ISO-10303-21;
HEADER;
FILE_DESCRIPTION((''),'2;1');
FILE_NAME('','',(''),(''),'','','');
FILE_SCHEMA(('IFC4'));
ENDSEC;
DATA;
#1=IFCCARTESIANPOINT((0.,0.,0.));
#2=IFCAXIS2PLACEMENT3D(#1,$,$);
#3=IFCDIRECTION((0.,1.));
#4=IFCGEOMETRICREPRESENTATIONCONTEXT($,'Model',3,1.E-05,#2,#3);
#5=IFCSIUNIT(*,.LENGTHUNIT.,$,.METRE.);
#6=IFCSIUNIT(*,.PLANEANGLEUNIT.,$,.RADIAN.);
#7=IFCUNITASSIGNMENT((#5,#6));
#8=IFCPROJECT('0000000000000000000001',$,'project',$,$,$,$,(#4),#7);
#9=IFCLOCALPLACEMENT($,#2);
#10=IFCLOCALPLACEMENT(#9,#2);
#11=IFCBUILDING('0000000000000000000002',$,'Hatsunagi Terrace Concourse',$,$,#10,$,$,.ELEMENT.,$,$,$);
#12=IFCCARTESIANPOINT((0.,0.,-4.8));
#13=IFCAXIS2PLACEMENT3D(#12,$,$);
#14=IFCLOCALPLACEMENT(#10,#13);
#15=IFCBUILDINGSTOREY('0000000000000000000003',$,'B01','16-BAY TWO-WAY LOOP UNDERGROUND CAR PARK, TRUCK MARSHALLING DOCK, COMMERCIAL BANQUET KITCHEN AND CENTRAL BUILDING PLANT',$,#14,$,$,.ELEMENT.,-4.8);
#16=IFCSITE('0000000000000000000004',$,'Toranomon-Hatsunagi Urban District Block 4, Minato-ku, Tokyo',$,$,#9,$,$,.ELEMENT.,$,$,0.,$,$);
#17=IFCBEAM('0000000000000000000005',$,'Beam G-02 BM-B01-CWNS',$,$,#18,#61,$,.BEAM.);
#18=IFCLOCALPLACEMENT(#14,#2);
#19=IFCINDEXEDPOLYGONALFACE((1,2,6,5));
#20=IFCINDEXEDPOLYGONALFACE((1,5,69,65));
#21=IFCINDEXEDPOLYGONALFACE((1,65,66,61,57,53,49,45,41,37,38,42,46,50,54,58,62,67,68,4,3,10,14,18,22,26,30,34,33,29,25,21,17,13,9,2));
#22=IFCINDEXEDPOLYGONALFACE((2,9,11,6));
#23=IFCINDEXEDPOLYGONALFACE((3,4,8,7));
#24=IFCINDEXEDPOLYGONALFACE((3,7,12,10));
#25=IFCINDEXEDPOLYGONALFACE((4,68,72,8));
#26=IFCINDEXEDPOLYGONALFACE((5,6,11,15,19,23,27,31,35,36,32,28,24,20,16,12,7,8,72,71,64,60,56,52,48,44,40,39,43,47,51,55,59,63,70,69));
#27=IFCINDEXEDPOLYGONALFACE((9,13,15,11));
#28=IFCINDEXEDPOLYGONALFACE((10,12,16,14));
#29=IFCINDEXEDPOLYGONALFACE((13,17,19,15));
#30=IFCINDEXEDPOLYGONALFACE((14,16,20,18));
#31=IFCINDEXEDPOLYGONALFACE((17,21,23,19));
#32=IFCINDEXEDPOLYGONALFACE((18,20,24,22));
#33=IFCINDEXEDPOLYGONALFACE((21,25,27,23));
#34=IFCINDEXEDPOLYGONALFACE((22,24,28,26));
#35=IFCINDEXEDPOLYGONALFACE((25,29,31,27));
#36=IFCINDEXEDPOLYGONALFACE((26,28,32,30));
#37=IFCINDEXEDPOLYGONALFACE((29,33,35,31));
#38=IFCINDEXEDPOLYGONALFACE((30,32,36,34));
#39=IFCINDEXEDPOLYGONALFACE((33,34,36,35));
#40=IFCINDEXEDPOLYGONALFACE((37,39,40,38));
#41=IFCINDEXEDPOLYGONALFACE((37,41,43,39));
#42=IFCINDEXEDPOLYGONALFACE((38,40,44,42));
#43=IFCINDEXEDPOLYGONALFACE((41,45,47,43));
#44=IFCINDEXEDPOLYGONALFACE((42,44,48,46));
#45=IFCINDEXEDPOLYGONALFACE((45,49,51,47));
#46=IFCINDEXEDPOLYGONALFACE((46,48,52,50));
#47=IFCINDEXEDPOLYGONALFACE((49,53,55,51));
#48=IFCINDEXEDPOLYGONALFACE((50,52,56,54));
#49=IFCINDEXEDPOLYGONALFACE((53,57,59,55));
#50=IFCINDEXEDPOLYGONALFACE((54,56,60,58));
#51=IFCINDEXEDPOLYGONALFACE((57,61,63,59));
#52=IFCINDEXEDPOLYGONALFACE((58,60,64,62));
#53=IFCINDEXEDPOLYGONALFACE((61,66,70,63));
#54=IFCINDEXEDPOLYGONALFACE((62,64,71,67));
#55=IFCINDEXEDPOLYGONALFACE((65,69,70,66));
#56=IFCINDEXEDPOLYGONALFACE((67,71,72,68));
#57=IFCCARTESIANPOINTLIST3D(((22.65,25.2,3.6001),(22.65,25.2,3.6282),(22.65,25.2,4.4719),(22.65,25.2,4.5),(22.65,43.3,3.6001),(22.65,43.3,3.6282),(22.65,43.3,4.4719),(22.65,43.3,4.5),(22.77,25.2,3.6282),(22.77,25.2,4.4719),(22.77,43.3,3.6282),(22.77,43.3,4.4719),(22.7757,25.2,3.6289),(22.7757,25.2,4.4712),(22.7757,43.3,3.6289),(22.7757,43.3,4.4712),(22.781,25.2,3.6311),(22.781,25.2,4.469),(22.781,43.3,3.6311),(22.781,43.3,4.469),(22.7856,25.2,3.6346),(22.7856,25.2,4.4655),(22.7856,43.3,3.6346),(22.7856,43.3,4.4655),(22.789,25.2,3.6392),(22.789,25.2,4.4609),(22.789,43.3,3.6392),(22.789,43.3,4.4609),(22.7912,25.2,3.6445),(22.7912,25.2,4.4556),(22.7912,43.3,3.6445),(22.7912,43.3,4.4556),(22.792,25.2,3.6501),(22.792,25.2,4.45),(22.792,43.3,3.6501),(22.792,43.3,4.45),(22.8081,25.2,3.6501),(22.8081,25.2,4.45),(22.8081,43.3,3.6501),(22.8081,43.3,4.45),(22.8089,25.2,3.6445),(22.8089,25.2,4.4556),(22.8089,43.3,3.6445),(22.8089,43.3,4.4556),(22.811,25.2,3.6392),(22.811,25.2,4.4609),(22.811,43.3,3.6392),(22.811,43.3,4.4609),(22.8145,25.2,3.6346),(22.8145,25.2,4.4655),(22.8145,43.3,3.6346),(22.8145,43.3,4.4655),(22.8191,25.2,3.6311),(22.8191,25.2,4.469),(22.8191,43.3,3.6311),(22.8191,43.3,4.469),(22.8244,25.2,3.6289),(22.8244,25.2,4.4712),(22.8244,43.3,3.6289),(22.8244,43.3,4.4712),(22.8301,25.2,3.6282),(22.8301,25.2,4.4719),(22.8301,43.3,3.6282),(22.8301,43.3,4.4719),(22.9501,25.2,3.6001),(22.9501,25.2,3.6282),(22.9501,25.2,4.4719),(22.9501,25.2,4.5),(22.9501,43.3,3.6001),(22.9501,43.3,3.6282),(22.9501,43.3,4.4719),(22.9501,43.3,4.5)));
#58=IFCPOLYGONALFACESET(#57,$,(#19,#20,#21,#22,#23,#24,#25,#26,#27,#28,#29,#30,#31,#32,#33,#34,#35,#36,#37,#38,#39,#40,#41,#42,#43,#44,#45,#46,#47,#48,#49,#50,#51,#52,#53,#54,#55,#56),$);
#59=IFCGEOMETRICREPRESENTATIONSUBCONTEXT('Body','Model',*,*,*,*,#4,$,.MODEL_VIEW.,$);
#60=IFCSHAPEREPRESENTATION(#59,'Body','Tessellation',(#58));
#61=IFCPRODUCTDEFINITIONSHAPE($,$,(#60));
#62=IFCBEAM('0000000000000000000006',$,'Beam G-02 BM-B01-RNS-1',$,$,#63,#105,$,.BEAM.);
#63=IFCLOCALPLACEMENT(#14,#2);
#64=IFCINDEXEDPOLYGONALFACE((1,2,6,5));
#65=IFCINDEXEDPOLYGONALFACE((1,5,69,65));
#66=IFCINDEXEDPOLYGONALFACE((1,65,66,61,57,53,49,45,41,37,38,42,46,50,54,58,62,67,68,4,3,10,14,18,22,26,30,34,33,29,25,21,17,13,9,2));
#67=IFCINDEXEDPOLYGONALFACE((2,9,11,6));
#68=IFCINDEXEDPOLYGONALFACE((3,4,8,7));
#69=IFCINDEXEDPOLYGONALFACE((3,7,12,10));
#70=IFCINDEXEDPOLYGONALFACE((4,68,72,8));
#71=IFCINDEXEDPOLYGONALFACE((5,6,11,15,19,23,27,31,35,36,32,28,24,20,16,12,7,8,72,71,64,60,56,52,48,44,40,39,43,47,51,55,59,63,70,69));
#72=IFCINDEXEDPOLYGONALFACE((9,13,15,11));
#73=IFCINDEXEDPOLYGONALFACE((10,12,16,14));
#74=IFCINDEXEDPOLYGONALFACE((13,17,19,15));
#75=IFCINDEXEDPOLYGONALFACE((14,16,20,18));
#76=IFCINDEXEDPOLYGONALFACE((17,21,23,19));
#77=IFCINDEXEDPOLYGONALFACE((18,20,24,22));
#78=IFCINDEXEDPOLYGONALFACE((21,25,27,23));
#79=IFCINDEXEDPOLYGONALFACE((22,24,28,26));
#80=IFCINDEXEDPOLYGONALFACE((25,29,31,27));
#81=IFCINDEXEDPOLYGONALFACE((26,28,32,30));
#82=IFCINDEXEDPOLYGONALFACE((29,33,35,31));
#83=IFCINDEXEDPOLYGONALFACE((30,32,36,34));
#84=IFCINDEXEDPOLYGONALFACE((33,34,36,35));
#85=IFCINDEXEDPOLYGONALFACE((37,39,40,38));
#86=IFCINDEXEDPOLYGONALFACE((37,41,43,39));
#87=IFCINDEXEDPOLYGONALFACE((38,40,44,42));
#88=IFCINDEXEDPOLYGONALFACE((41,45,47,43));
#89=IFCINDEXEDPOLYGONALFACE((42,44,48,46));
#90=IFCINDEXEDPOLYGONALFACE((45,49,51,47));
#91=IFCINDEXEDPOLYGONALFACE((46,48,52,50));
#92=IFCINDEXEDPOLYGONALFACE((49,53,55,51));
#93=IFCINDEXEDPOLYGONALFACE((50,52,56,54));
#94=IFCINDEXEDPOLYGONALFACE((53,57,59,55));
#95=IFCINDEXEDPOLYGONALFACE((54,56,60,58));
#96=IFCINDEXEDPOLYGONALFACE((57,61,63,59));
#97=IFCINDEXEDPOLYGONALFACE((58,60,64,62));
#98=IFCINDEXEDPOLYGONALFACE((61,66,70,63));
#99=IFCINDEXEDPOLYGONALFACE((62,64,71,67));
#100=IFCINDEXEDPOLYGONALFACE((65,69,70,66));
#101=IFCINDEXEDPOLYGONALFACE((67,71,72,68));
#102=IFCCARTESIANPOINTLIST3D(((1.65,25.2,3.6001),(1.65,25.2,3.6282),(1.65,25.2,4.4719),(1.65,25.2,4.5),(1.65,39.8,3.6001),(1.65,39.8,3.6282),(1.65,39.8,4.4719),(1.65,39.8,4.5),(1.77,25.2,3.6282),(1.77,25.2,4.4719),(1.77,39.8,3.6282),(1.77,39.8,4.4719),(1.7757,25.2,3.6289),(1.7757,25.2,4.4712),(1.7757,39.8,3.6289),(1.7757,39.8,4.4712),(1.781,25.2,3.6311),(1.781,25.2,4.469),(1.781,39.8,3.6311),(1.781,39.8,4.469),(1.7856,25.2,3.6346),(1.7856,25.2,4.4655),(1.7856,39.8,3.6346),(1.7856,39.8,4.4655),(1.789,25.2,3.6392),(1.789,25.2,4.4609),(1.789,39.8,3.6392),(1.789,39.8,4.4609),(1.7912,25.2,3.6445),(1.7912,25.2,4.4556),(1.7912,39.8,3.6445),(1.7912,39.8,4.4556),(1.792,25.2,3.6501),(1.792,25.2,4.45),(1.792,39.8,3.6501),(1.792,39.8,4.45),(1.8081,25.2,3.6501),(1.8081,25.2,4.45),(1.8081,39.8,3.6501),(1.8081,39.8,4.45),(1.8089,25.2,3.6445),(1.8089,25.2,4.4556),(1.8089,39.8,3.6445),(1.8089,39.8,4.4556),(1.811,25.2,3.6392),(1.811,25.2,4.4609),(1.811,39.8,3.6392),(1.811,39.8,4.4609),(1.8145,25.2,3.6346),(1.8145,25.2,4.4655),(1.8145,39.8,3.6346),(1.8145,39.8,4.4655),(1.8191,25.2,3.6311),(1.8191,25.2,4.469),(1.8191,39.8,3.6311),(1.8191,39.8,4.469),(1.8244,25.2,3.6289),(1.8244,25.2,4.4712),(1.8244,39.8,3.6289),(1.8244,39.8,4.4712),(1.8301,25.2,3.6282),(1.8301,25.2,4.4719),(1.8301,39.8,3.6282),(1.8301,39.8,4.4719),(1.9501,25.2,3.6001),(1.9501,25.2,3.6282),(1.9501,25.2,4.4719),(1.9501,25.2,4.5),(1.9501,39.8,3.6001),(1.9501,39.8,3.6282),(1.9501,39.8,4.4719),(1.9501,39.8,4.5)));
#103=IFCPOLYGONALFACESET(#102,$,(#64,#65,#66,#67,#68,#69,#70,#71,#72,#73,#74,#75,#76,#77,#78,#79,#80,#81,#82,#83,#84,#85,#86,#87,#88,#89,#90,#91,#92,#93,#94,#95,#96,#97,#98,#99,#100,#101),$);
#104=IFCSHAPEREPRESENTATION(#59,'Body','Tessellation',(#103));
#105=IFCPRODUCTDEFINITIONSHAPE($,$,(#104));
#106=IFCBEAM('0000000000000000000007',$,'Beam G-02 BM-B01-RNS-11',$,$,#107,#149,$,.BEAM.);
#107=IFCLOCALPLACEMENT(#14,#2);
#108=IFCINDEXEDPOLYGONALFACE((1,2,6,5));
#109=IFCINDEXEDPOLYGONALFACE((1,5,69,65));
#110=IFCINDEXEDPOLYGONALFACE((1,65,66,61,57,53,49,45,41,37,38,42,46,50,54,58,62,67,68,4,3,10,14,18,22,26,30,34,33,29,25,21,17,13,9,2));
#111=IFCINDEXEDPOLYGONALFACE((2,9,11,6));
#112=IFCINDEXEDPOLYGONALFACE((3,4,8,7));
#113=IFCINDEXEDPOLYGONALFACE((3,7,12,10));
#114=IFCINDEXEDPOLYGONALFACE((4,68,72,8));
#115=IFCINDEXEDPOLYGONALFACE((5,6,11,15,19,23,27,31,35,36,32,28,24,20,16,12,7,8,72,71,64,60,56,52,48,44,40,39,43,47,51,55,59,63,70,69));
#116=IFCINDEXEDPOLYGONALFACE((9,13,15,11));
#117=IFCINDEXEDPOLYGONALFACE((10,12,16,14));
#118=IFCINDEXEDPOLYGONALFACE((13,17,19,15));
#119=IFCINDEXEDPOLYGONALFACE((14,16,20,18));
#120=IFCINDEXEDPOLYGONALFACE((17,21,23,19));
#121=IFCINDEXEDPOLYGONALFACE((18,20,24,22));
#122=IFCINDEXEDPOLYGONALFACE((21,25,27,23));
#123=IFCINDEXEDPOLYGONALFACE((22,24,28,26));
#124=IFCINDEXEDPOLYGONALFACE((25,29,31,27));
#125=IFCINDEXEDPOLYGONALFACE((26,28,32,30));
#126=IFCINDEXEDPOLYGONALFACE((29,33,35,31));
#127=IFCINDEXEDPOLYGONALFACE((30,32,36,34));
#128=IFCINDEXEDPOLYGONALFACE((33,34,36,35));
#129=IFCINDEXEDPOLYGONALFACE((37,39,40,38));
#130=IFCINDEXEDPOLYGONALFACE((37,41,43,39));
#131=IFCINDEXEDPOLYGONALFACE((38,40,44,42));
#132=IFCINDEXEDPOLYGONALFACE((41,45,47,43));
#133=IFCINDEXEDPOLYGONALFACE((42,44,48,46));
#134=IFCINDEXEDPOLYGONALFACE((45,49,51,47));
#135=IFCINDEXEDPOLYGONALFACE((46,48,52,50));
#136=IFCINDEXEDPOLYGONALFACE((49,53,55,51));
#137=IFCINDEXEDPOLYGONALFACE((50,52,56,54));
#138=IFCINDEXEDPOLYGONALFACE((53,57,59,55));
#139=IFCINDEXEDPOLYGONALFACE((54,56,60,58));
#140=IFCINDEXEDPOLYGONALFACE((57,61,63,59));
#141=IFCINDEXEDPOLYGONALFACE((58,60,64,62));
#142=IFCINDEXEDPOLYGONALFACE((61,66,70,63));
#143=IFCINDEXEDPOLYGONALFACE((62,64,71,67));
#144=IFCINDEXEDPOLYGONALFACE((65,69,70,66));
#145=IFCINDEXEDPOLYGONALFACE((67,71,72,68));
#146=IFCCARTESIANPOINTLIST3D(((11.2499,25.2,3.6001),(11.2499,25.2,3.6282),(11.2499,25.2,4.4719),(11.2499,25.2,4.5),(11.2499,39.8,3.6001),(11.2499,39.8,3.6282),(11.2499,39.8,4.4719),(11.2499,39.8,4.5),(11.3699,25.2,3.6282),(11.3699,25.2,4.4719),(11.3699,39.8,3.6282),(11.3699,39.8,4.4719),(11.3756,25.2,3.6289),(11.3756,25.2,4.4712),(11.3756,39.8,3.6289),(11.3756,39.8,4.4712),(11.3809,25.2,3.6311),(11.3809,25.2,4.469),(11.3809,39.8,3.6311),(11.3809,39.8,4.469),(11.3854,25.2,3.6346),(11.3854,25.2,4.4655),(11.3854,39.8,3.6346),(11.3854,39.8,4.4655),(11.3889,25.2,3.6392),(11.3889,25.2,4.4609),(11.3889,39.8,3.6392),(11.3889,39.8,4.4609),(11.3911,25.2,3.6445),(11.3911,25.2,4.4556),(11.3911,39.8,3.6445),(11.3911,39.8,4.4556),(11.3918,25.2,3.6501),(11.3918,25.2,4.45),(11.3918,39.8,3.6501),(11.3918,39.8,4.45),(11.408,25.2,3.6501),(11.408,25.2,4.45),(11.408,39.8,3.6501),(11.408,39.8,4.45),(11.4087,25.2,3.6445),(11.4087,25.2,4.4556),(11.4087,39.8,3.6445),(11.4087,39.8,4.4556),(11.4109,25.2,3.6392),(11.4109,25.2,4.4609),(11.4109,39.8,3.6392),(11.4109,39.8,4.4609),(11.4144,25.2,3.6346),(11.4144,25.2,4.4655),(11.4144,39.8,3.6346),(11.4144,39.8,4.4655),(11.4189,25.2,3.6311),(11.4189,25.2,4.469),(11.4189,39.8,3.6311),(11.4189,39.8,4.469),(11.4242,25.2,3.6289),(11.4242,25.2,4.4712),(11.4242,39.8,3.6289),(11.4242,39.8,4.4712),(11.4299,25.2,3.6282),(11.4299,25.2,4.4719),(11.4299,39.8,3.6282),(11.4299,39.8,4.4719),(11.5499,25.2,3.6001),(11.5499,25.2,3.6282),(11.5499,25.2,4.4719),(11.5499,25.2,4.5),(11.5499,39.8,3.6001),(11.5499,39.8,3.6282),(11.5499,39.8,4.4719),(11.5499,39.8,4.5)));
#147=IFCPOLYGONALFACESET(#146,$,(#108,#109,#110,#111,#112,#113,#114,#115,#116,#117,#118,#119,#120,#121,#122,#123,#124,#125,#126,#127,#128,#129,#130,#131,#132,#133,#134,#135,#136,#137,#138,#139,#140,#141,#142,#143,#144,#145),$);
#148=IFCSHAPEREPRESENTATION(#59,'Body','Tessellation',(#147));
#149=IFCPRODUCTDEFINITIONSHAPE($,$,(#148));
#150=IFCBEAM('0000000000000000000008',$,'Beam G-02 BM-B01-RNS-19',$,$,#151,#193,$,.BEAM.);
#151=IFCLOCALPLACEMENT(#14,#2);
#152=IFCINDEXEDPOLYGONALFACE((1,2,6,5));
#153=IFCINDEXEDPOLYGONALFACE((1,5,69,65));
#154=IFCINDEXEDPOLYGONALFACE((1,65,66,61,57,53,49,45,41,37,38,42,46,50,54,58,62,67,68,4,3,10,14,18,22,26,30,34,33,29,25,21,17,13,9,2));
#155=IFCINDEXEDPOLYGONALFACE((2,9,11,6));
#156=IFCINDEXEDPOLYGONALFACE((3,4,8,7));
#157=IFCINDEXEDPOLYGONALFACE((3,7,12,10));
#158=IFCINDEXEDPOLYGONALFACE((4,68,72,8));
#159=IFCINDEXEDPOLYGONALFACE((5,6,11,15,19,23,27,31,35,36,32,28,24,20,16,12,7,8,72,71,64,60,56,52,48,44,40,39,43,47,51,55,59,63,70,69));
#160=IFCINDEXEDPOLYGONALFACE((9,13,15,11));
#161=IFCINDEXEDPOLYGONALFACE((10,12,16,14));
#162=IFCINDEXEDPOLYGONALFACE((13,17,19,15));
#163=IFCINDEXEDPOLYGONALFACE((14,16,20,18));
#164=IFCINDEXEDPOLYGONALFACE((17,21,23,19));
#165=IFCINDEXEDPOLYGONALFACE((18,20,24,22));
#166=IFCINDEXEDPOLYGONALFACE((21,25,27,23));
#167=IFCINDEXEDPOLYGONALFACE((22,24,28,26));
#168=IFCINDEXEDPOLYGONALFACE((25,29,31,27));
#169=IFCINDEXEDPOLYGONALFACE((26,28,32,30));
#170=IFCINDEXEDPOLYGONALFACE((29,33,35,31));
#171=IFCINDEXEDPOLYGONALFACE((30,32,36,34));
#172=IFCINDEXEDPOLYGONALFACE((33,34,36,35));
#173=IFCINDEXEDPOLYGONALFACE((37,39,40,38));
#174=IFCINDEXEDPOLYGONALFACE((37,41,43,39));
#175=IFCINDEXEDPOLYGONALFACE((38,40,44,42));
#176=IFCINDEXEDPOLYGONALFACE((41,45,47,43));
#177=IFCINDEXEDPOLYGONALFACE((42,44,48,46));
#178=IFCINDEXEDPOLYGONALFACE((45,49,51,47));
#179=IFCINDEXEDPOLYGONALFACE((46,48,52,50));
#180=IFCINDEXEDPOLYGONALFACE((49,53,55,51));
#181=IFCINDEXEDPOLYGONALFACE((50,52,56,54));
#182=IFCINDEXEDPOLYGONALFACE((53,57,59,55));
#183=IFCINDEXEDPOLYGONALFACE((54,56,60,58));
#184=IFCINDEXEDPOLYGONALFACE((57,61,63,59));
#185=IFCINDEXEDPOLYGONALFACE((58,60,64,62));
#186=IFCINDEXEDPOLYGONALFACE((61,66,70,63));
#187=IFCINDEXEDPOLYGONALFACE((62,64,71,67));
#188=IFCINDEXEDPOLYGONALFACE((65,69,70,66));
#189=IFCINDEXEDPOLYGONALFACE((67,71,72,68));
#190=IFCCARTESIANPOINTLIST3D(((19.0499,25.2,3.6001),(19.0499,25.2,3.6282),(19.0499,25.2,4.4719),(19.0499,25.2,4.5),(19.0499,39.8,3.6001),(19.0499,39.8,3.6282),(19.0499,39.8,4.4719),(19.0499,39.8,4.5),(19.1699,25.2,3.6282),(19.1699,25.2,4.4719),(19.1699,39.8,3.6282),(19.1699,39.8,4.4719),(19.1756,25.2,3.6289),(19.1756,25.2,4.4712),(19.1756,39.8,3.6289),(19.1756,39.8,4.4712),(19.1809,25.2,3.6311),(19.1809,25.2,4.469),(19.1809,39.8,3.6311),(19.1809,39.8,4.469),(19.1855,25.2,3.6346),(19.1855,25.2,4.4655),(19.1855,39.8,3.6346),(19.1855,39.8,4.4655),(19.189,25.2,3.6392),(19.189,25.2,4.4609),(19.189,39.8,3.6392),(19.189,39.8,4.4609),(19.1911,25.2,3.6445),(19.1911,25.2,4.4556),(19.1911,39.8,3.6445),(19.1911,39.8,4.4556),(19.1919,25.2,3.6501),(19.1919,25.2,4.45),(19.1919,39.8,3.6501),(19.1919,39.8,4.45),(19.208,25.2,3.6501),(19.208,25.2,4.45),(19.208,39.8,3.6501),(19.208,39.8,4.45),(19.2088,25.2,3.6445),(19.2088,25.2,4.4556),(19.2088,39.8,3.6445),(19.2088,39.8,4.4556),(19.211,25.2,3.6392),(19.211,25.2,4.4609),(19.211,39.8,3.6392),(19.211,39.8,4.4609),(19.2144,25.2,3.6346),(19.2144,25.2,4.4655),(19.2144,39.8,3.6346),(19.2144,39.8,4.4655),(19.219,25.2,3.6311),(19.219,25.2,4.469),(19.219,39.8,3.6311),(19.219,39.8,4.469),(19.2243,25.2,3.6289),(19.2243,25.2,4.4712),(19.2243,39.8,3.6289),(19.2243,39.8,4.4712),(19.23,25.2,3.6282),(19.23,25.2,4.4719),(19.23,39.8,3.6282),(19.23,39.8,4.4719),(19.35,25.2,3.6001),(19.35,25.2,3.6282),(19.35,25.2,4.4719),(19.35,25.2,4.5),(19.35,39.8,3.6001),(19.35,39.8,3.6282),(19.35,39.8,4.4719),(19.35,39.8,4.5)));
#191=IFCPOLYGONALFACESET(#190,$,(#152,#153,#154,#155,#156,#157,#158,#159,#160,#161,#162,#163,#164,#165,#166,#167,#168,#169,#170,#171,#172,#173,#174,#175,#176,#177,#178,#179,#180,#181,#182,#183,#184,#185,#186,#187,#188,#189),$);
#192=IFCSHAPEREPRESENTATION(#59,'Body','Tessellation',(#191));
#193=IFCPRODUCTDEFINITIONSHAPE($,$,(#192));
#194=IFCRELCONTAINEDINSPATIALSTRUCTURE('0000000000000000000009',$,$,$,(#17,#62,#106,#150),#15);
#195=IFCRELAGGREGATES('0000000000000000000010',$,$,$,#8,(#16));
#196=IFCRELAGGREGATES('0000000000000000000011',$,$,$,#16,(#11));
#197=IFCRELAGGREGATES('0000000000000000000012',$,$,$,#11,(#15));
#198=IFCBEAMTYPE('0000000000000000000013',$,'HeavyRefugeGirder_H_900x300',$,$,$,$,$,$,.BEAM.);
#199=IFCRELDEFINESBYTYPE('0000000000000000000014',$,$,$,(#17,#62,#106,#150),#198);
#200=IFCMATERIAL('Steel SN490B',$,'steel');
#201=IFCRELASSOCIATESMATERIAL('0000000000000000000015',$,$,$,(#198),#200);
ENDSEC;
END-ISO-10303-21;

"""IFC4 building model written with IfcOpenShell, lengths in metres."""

from ifc_helpers import new_model, si_unit, direction, frame, origin, origin_2d, place, context, subcontext, project, spatial, i_section, extrude, material, material_profile, profile_set, type_object, element, save


model = new_model("IFC4")

# Units and contexts
model_context = context("Model", 3, precision=1e-05, world=origin(), true_north=direction((0.0, 1.0)))
body_context = subcontext(model_context, "Body", "Model", "MODEL_VIEW")
ifc_project = project(units=[si_unit("LENGTHUNIT", "METRE"), si_unit("PLANEANGLEUNIT", "RADIAN")], contexts=[model_context])

# Site, building, storey
site_placement = place(None, origin())
site = spatial("IfcSite", under=ifc_project, at=site_placement, Name="Toranomon-Hatsunagi Urban District Block 4, Minato-ku, Tokyo", CompositionType="ELEMENT", RefElevation=0.0)
building_placement = place(site_placement, origin())
building = spatial("IfcBuilding", under=site, at=building_placement, Name="Hatsunagi Terrace Concourse", CompositionType="ELEMENT")
storey_placement = place(building_placement, frame((0.0, 0.0, -4.8)))
storey = spatial("IfcBuildingStorey", under=building, at=storey_placement, Name="B01", Description="16-BAY TWO-WAY LOOP UNDERGROUND CAR PARK, TRUCK MARSHALLING DOCK, COMMERCIAL BANQUET KITCHEN AND CENTRAL BUILDING PLANT", CompositionType="ELEMENT", Elevation=-4.8)

# Beams
ifc_material_1 = material(Name="Steel SN490B", Category="steel")
ifc_material_profile_1 = material_profile(ifc_material_1, i_section(OverallWidth=0.3, OverallDepth=0.8999, WebThickness=0.0161, FlangeThickness=0.0281, FilletRadius=0.022, at=origin_2d()), Name="H-900x300x16x28")
ifc_profile_set_1 = profile_set([ifc_material_profile_1], Name="Steel SN490B")
beam_type_1 = type_object("IfcBeamType", Name="HeavyRefugeGirder_H_900x300", PredefinedType="BEAM", material=ifc_profile_set_1)
beam_1_placement = place(storey_placement, frame((22.8, 25.2, 4.05), z_axis=(0.0, 1.0, 0.0), x_axis=(-1.0, 0.0, 0.0)))
element("IfcBeam", 1, at=beam_1_placement, inside=storey, type_object=beam_type_1, Name="Beam G-02 BM-B01-CWNS", PredefinedType="BEAM", context=body_context, shape_type="SweptSolid", body=[
    extrude(i_section(OverallWidth=0.3, OverallDepth=0.8999, WebThickness=0.0161, FlangeThickness=0.0281, FilletRadius=0.022, at=origin_2d()), origin(), (0.0, 0.0, 1.0), 18.1001),
])
for number, where, z_axis, x_axis, name in (
    (2, (1.8, 25.2, 4.05), (0.0, 1.0, 0.0), (-1.0, 0.0, 0.0), "Beam G-02 BM-B01-RNS-1"),
    (3, (11.3999, 25.2, 4.05), (0.0, 1.0, 0.0), (-1.0, 0.0, 0.0), "Beam G-02 BM-B01-RNS-11"),
    (4, (19.2, 25.2, 4.05), (0.0, 1.0, 0.0), (-1.0, 0.0, 0.0), "Beam G-02 BM-B01-RNS-19"),
):
    element("IfcBeam", number, at=place(storey_placement, frame(where, z_axis=z_axis, x_axis=x_axis)), inside=storey, type_object=beam_type_1, Name=name, PredefinedType="BEAM", context=body_context, shape_type="SweptSolid", body=[
        extrude(i_section(OverallWidth=0.3, OverallDepth=0.8999, WebThickness=0.0161, FlangeThickness=0.0281, FilletRadius=0.022, at=origin_2d()), origin(), (0.0, 0.0, 1.0), 14.6001),
    ])

save(model, "model.ifc")
